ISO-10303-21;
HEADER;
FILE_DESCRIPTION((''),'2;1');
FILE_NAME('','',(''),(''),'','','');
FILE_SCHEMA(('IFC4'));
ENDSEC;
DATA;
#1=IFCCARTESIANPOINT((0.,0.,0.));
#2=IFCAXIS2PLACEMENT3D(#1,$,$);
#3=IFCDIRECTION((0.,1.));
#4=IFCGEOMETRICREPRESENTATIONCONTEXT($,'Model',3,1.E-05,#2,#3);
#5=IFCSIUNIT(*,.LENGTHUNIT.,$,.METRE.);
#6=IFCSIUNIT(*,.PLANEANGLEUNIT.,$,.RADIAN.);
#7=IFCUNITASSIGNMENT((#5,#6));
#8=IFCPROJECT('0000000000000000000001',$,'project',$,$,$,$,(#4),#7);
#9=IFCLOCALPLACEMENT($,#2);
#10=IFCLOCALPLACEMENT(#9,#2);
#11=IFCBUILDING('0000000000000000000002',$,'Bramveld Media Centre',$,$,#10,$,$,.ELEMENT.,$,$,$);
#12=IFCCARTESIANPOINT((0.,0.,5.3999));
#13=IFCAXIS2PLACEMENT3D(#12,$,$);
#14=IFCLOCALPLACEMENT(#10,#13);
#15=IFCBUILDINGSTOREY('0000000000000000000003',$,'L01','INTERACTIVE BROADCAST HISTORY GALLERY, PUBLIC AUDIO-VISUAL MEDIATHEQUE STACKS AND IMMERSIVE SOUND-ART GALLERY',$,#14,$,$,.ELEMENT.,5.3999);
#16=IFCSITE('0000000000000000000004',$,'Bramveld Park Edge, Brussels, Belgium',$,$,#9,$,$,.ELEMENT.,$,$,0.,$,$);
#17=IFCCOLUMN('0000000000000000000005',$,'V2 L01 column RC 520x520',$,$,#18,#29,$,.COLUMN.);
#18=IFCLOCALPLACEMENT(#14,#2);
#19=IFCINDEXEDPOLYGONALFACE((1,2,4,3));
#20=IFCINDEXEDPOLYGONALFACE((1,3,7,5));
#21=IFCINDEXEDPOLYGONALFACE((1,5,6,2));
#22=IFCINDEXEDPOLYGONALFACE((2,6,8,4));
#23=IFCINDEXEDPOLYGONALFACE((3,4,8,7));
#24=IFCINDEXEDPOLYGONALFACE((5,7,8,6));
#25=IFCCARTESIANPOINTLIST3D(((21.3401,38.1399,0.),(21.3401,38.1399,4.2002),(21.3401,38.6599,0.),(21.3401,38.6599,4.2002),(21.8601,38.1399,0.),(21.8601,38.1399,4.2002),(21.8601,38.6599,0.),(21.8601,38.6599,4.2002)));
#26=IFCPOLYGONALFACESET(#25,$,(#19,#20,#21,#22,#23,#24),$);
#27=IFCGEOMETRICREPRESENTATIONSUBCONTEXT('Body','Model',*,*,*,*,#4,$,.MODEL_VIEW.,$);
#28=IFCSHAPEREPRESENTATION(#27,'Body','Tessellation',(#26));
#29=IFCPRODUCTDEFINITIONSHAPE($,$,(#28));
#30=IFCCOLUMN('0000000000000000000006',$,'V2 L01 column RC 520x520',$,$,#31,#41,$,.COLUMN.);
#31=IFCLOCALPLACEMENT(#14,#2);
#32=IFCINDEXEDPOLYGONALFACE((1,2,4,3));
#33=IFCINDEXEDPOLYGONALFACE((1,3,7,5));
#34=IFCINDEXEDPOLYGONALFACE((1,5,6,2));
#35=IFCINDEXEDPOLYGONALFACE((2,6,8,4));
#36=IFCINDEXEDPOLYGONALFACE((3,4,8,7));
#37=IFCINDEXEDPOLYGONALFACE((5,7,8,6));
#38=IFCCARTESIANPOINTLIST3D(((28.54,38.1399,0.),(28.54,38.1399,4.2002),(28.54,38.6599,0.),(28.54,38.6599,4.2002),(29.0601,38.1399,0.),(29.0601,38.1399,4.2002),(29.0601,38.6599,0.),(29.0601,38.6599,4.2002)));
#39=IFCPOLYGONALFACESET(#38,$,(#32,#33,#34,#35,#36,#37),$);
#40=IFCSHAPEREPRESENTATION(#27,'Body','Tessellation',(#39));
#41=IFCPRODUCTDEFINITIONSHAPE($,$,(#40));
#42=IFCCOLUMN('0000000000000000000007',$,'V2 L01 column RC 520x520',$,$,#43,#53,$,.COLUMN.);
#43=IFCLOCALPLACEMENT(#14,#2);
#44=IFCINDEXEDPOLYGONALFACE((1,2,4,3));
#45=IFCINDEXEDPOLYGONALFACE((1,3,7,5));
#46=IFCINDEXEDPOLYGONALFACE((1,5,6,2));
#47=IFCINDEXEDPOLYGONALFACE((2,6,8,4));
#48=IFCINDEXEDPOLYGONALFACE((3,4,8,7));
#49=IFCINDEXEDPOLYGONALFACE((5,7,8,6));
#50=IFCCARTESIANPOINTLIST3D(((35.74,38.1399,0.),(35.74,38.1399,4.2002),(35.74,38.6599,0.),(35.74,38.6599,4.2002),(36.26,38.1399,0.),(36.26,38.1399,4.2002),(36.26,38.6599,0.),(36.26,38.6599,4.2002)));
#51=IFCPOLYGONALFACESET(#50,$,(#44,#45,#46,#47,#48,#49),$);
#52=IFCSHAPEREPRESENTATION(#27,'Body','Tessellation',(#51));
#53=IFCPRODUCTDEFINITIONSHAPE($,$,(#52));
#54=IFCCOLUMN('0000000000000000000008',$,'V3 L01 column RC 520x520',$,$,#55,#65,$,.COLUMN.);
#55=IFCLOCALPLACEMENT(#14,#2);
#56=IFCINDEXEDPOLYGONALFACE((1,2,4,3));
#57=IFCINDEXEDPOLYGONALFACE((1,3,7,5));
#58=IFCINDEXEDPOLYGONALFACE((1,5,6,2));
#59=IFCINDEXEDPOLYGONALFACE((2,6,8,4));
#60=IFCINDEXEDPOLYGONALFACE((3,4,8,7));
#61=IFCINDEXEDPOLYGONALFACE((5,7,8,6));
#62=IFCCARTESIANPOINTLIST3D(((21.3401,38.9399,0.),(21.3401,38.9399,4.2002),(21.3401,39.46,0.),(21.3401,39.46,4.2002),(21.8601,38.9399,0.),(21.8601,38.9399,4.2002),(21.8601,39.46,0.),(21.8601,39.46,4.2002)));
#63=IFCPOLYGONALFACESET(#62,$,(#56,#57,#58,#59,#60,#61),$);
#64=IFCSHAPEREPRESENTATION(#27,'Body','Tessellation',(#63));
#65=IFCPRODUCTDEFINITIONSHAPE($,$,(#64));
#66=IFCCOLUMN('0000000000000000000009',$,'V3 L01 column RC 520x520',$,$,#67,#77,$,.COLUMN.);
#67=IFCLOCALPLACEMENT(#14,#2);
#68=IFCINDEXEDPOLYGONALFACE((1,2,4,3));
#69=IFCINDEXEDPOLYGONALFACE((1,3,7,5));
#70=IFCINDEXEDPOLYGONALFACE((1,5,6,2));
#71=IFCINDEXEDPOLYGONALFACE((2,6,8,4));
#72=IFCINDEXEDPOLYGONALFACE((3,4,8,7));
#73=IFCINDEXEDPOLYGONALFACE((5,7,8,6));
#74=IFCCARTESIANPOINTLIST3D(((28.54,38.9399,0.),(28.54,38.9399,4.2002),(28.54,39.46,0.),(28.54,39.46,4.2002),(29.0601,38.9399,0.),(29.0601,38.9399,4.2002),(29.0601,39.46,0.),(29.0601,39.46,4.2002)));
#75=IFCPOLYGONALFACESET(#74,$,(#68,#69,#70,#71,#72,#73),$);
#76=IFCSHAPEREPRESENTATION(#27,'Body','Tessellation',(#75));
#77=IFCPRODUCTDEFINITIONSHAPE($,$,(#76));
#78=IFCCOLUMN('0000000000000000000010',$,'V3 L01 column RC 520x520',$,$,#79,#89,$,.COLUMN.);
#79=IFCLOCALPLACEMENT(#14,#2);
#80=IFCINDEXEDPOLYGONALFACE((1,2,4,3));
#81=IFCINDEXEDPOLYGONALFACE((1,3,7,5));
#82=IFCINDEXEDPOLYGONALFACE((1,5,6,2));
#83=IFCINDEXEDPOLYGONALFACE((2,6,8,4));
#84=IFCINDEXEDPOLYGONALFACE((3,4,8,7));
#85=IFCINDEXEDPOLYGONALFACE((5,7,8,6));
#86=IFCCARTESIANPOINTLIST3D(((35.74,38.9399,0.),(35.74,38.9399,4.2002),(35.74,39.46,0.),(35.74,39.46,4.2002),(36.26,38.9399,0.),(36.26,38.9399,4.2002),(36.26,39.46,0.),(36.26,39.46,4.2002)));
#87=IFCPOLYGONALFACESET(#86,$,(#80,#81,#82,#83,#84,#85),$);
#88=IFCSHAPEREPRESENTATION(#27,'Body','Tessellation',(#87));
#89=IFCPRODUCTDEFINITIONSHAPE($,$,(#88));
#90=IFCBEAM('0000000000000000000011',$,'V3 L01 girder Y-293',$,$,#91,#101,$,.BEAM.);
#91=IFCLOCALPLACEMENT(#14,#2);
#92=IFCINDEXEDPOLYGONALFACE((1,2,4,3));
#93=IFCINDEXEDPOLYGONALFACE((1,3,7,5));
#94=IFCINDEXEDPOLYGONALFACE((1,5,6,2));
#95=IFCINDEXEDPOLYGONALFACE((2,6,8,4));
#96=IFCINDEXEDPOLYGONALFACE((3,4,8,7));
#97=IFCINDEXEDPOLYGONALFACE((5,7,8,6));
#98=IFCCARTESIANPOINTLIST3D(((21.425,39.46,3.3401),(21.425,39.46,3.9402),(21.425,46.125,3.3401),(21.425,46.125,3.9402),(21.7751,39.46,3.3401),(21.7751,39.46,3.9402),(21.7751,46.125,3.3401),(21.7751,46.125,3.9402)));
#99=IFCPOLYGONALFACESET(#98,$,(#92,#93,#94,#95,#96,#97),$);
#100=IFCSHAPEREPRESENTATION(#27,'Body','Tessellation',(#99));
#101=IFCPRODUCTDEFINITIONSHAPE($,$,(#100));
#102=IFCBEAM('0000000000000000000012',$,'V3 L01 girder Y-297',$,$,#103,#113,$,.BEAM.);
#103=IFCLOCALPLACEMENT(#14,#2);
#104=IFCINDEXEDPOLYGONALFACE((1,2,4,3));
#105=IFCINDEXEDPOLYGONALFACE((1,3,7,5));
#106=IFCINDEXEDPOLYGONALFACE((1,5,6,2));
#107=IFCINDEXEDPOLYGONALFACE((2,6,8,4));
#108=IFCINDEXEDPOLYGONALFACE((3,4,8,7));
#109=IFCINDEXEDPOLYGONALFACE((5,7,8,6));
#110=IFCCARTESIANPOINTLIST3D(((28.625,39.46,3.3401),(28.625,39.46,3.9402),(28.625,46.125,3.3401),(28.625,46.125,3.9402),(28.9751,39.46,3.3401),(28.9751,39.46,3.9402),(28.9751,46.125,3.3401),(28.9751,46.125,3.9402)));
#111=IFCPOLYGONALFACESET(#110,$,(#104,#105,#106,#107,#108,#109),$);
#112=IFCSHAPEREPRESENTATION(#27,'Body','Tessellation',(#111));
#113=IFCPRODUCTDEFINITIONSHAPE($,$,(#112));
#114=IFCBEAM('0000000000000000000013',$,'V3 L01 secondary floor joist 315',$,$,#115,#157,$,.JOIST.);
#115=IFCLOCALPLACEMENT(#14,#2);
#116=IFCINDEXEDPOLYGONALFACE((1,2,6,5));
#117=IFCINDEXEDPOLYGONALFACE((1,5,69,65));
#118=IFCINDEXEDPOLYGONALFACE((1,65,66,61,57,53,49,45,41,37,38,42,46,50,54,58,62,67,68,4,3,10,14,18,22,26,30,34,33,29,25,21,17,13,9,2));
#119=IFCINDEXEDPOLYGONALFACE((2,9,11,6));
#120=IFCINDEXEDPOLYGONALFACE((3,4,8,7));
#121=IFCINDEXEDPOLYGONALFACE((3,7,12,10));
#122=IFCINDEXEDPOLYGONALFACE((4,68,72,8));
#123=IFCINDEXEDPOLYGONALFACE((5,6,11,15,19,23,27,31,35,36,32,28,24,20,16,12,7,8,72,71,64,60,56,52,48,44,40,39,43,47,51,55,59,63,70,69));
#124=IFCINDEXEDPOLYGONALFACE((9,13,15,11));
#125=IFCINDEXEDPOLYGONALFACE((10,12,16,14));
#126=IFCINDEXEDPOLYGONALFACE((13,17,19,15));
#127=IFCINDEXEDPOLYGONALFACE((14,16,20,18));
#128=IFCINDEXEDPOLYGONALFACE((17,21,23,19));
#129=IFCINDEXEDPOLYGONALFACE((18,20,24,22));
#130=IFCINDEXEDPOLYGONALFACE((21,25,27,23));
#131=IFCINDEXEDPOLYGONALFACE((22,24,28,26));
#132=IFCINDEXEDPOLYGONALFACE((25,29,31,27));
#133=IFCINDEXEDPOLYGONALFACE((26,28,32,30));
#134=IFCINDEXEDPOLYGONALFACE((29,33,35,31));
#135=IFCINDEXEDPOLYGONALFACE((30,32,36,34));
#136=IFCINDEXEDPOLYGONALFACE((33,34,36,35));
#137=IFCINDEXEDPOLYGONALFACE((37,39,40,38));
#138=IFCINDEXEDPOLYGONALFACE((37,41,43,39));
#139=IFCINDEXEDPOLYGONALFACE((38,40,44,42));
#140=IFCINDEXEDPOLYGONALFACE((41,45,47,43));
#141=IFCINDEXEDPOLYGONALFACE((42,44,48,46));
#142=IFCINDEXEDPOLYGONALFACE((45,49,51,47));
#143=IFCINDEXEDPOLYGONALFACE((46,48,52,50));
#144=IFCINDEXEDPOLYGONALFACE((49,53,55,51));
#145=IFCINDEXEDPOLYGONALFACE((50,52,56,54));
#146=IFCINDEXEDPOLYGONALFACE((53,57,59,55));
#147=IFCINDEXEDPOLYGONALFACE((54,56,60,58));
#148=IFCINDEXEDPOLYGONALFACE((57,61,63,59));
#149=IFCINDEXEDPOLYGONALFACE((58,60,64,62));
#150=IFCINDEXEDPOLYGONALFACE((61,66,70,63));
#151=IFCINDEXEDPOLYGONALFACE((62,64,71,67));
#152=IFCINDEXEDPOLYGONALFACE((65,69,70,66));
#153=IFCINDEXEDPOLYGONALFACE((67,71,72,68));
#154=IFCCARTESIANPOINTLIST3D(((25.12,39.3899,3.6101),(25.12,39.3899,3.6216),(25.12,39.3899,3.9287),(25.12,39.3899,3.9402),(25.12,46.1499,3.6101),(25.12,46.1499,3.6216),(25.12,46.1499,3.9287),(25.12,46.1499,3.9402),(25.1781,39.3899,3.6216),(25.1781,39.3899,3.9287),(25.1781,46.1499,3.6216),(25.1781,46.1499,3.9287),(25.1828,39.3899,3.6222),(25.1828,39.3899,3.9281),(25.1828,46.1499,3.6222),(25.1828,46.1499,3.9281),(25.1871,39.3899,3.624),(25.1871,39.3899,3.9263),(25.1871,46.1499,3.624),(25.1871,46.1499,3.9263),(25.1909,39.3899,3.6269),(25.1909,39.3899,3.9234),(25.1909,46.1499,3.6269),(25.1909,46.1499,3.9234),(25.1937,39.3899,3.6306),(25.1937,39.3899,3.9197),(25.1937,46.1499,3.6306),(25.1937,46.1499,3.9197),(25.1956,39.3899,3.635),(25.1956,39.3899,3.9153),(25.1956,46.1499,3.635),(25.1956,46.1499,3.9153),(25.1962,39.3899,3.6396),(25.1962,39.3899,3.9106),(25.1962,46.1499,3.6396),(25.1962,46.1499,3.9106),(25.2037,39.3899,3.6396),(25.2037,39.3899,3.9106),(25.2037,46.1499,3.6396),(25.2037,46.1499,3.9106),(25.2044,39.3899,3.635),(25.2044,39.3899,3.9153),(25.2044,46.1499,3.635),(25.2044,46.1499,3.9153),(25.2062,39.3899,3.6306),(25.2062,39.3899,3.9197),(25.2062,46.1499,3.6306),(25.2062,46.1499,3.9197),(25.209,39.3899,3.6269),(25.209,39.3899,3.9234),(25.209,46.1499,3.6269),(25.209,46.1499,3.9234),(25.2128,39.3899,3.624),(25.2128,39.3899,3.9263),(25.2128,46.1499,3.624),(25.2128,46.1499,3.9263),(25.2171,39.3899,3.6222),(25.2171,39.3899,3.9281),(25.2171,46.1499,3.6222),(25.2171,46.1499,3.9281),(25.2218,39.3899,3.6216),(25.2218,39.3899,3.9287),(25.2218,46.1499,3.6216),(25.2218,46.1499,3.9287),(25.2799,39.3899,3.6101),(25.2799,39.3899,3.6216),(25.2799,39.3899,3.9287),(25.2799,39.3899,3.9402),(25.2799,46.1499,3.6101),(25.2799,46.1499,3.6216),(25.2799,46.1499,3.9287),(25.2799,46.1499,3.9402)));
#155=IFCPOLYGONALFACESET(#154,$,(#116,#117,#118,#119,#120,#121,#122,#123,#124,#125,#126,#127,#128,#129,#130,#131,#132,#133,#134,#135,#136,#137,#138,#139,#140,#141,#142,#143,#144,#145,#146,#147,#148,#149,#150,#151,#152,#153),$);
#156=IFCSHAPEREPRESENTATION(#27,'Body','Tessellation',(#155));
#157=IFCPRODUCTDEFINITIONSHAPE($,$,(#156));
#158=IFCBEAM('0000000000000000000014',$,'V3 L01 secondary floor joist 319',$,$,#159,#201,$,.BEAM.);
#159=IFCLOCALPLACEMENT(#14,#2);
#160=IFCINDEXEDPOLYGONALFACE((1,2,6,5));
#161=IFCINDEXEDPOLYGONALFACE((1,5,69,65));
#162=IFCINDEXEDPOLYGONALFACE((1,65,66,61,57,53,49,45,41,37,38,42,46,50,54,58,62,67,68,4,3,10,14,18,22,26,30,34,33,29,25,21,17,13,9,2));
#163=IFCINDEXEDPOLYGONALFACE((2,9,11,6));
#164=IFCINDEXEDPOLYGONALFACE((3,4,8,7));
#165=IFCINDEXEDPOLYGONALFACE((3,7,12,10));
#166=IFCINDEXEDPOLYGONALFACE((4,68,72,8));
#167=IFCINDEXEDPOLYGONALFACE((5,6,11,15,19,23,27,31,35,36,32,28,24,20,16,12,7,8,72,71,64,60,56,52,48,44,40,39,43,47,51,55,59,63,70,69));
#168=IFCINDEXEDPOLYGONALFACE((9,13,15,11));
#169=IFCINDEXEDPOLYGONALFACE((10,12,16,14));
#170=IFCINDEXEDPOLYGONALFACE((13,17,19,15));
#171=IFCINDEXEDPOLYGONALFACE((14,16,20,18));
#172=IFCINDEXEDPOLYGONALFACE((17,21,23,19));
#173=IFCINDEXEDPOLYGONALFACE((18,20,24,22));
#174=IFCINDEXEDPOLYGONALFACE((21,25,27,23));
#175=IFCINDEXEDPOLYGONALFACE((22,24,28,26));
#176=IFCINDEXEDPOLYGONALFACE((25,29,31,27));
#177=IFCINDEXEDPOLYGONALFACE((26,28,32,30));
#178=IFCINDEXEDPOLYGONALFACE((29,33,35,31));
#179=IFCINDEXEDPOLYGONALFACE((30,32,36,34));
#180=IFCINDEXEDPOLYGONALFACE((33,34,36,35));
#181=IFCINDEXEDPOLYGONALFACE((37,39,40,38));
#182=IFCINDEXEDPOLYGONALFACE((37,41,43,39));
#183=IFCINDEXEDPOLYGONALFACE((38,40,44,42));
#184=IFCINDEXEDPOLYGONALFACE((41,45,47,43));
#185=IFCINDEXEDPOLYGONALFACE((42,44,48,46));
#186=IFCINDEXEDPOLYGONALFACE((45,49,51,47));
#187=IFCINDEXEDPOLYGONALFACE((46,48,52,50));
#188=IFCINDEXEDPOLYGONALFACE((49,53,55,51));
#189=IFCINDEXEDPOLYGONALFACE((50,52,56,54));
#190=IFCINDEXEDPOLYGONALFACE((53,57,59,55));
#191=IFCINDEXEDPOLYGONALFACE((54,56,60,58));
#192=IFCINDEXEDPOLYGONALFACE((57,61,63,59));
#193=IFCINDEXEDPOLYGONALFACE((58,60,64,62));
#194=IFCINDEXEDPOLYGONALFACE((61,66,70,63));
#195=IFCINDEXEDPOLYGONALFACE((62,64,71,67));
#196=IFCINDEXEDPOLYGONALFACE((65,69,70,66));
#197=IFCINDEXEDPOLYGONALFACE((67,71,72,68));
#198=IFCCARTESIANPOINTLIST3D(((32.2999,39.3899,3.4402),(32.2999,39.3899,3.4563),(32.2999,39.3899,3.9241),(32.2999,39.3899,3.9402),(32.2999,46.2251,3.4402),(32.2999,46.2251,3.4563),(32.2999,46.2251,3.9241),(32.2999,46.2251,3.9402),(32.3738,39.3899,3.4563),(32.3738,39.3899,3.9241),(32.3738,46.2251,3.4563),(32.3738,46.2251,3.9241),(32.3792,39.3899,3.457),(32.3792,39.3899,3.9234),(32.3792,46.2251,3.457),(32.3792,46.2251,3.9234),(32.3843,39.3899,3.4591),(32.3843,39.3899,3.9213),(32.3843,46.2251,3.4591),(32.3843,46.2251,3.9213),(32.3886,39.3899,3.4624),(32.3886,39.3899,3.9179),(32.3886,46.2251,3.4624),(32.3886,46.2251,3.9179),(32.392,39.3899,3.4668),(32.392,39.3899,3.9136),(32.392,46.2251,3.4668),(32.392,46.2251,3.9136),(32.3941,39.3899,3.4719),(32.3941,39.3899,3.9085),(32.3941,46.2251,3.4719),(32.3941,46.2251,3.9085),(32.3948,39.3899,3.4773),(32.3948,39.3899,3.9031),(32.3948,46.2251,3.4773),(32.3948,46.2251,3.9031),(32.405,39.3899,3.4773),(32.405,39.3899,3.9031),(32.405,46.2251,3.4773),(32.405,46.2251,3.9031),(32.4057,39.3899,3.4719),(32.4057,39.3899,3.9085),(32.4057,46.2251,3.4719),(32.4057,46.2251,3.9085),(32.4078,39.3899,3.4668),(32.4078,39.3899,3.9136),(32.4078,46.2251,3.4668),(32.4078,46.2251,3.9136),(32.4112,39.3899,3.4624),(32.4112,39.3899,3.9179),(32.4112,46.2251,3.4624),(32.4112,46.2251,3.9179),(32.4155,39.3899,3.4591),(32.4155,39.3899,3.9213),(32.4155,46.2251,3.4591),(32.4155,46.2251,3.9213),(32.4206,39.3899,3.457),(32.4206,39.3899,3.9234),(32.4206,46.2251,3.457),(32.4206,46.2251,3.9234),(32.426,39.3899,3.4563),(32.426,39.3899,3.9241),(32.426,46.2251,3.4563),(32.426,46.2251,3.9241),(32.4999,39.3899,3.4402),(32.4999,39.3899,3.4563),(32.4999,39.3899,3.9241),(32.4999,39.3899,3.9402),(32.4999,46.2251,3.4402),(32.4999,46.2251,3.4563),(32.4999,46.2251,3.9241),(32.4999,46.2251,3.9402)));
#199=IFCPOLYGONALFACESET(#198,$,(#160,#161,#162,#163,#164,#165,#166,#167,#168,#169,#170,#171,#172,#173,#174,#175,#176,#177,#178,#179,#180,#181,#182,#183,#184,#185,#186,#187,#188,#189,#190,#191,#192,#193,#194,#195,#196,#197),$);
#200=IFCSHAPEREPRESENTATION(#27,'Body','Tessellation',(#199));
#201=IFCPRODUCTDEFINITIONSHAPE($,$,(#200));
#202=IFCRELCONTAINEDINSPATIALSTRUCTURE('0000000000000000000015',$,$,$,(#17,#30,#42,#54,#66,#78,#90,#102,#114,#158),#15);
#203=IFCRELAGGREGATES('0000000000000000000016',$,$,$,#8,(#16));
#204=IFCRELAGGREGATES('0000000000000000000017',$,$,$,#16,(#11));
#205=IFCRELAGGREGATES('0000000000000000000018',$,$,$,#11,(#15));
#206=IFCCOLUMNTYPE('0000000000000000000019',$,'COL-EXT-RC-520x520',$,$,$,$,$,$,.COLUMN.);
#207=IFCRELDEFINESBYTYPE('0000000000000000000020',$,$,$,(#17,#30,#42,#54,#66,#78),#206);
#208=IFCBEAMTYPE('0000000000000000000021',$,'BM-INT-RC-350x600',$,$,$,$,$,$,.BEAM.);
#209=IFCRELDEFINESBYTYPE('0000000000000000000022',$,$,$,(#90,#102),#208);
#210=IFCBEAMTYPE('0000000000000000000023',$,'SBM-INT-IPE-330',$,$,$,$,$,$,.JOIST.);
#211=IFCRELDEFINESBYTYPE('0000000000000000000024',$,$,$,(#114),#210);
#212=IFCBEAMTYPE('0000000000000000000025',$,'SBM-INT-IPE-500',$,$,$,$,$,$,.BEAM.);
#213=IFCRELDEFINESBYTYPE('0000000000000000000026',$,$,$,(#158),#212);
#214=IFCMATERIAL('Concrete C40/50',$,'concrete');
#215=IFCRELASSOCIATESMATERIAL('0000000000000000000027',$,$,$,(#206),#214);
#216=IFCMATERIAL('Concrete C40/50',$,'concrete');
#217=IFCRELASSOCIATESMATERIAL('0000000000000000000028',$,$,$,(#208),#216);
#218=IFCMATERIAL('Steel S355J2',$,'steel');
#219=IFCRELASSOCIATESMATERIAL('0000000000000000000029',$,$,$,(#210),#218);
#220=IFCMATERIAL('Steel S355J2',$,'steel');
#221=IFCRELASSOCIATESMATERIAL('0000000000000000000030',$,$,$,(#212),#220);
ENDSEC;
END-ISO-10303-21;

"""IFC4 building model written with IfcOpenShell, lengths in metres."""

from ifc_helpers import new_model, si_unit, direction, frame, origin, origin_2d, place, context, subcontext, project, spatial, rectangle, i_section, extrude, material, material_profile, profile_set, type_object, element, save


model = new_model("IFC4")

# Units and contexts
model_context = context("Model", 3, precision=1e-05, world=origin(), true_north=direction((0.0, 1.0)))
body_context = subcontext(model_context, "Body", "Model", "MODEL_VIEW")
ifc_project = project(units=[si_unit("LENGTHUNIT", "METRE"), si_unit("PLANEANGLEUNIT", "RADIAN")], contexts=[model_context])

# Site, building, storey
site_placement = place(None, origin())
site = spatial("IfcSite", under=ifc_project, at=site_placement, Name="Bramveld Park Edge, Brussels, Belgium", CompositionType="ELEMENT", RefElevation=0.0)
building_placement = place(site_placement, origin())
building = spatial("IfcBuilding", under=site, at=building_placement, Name="Bramveld Media Centre", CompositionType="ELEMENT")
storey_placement = place(building_placement, frame((0.0, 0.0, 5.3999)))
storey = spatial("IfcBuildingStorey", under=building, at=storey_placement, Name="L01", Description="INTERACTIVE BROADCAST HISTORY GALLERY, PUBLIC AUDIO-VISUAL MEDIATHEQUE STACKS AND IMMERSIVE SOUND-ART GALLERY", CompositionType="ELEMENT", Elevation=5.3999)

# Columns
ifc_material_1 = material(Name="Concrete C40/50", Category="concrete")
ifc_material_profile_1 = material_profile(ifc_material_1, rectangle(XDim=0.52, YDim=0.52, at=origin_2d()), Name="RC 520x520")
ifc_profile_set_1 = profile_set([ifc_material_profile_1], Name="Concrete C40/50")
column_type = type_object("IfcColumnType", Name="COL-EXT-RC-520x520", PredefinedType="COLUMN", material=ifc_profile_set_1)
for number, where, z_axis, x_axis, name in (
    (1, (21.6001, 38.3999, 0.0), (0.0, 0.0, 1.0), (1.0, 0.0, 0.0), "V2 L01 column RC 520x520"),
    (2, (28.8, 38.3999, 0.0), (0.0, 0.0, 1.0), (1.0, 0.0, 0.0), "V2 L01 column RC 520x520"),
    (3, (36.0, 38.3999, 0.0), (0.0, 0.0, 1.0), (1.0, 0.0, 0.0), "V2 L01 column RC 520x520"),
    (4, (21.6001, 39.2, 0.0), (0.0, 0.0, 1.0), (1.0, 0.0, 0.0), "V3 L01 column RC 520x520"),
    (5, (28.8, 39.2, 0.0), (0.0, 0.0, 1.0), (1.0, 0.0, 0.0), "V3 L01 column RC 520x520"),
    (6, (36.0, 39.2, 0.0), (0.0, 0.0, 1.0), (1.0, 0.0, 0.0), "V3 L01 column RC 520x520"),
):
    element("IfcColumn", number, at=place(storey_placement, frame(where, z_axis=z_axis, x_axis=x_axis)), inside=storey, type_object=column_type, Name=name, PredefinedType="COLUMN", context=body_context, shape_type="SweptSolid", body=[
        extrude(rectangle(XDim=0.52, YDim=0.52, at=origin_2d()), origin(), (0.0, 0.0, 1.0), 4.2002),
    ])

# Beams
ifc_material_2 = material(Name="Concrete C40/50", Category="concrete")
ifc_material_profile_2 = material_profile(ifc_material_2, rectangle(XDim=0.3501, YDim=0.6001, at=origin_2d()), Name="RC 350x600")
ifc_profile_set_2 = profile_set([ifc_material_profile_2], Name="Concrete C40/50")
beam_type_1 = type_object("IfcBeamType", Name="BM-INT-RC-350x600", PredefinedType="BEAM", material=ifc_profile_set_2)
for number, where, z_axis, x_axis, name in (
    (7, (21.6001, 39.46, 3.6401), (0.0, 1.0, 0.0), (-1.0, 0.0, 0.0), "V3 L01 girder Y-293"),
    (8, (28.8, 39.46, 3.6401), (0.0, 1.0, 0.0), (-1.0, 0.0, 0.0), "V3 L01 girder Y-297"),
):
    element("IfcBeam", number, at=place(storey_placement, frame(where, z_axis=z_axis, x_axis=x_axis)), inside=storey, type_object=beam_type_1, Name=name, PredefinedType="BEAM", context=body_context, shape_type="SweptSolid", body=[
        extrude(rectangle(XDim=0.3501, YDim=0.6001, at=origin_2d()), origin(), (0.0, 0.0, 1.0), 6.665),
    ])
ifc_material_3 = material(Name="Steel S355J2", Category="steel")
ifc_material_profile_3 = material_profile(ifc_material_3, i_section(OverallWidth=0.1599, OverallDepth=0.3301, WebThickness=0.0076, FlangeThickness=0.0115, FilletRadius=0.0181, at=origin_2d()), Name="IPE 330")
ifc_profile_set_3 = profile_set([ifc_material_profile_3], Name="Steel S355J2")
beam_type_2 = type_object("IfcBeamType", Name="SBM-INT-IPE-330", PredefinedType="JOIST", material=ifc_profile_set_3)
beam_1_placement = place(storey_placement, frame((25.2, 39.3899, 3.7751), z_axis=(0.0, 1.0, 0.0), x_axis=(-1.0, 0.0, 0.0)))
element("IfcBeam", 9, at=beam_1_placement, inside=storey, type_object=beam_type_2, Name="V3 L01 secondary floor joist 315", PredefinedType="JOIST", context=body_context, shape_type="SweptSolid", body=[
    extrude(i_section(OverallWidth=0.1599, OverallDepth=0.3301, WebThickness=0.0076, FlangeThickness=0.0115, FilletRadius=0.0181, at=origin_2d()), origin(), (0.0, 0.0, 1.0), 6.76),
])
ifc_material_4 = material(Name="Steel S355J2", Category="steel")
ifc_material_profile_4 = material_profile(ifc_material_4, i_section(OverallWidth=0.2, OverallDepth=0.5, WebThickness=0.0103, FlangeThickness=0.0161, FilletRadius=0.021, at=origin_2d()), Name="IPE 500")
ifc_profile_set_4 = profile_set([ifc_material_profile_4], Name="Steel S355J2")
beam_type_3 = type_object("IfcBeamType", Name="SBM-INT-IPE-500", PredefinedType="BEAM", material=ifc_profile_set_4)
beam_2_placement = place(storey_placement, frame((32.3999, 39.3899, 3.6902), z_axis=(0.0, 1.0, 0.0), x_axis=(-1.0, 0.0, 0.0)))
element("IfcBeam", 10, at=beam_2_placement, inside=storey, type_object=beam_type_3, Name="V3 L01 secondary floor joist 319", PredefinedType="BEAM", context=body_context, shape_type="SweptSolid", body=[
    extrude(i_section(OverallWidth=0.2, OverallDepth=0.5, WebThickness=0.0103, FlangeThickness=0.0161, FilletRadius=0.021, at=origin_2d()), origin(), (0.0, 0.0, 1.0), 6.8352),
])

save(model, "model.ifc")
